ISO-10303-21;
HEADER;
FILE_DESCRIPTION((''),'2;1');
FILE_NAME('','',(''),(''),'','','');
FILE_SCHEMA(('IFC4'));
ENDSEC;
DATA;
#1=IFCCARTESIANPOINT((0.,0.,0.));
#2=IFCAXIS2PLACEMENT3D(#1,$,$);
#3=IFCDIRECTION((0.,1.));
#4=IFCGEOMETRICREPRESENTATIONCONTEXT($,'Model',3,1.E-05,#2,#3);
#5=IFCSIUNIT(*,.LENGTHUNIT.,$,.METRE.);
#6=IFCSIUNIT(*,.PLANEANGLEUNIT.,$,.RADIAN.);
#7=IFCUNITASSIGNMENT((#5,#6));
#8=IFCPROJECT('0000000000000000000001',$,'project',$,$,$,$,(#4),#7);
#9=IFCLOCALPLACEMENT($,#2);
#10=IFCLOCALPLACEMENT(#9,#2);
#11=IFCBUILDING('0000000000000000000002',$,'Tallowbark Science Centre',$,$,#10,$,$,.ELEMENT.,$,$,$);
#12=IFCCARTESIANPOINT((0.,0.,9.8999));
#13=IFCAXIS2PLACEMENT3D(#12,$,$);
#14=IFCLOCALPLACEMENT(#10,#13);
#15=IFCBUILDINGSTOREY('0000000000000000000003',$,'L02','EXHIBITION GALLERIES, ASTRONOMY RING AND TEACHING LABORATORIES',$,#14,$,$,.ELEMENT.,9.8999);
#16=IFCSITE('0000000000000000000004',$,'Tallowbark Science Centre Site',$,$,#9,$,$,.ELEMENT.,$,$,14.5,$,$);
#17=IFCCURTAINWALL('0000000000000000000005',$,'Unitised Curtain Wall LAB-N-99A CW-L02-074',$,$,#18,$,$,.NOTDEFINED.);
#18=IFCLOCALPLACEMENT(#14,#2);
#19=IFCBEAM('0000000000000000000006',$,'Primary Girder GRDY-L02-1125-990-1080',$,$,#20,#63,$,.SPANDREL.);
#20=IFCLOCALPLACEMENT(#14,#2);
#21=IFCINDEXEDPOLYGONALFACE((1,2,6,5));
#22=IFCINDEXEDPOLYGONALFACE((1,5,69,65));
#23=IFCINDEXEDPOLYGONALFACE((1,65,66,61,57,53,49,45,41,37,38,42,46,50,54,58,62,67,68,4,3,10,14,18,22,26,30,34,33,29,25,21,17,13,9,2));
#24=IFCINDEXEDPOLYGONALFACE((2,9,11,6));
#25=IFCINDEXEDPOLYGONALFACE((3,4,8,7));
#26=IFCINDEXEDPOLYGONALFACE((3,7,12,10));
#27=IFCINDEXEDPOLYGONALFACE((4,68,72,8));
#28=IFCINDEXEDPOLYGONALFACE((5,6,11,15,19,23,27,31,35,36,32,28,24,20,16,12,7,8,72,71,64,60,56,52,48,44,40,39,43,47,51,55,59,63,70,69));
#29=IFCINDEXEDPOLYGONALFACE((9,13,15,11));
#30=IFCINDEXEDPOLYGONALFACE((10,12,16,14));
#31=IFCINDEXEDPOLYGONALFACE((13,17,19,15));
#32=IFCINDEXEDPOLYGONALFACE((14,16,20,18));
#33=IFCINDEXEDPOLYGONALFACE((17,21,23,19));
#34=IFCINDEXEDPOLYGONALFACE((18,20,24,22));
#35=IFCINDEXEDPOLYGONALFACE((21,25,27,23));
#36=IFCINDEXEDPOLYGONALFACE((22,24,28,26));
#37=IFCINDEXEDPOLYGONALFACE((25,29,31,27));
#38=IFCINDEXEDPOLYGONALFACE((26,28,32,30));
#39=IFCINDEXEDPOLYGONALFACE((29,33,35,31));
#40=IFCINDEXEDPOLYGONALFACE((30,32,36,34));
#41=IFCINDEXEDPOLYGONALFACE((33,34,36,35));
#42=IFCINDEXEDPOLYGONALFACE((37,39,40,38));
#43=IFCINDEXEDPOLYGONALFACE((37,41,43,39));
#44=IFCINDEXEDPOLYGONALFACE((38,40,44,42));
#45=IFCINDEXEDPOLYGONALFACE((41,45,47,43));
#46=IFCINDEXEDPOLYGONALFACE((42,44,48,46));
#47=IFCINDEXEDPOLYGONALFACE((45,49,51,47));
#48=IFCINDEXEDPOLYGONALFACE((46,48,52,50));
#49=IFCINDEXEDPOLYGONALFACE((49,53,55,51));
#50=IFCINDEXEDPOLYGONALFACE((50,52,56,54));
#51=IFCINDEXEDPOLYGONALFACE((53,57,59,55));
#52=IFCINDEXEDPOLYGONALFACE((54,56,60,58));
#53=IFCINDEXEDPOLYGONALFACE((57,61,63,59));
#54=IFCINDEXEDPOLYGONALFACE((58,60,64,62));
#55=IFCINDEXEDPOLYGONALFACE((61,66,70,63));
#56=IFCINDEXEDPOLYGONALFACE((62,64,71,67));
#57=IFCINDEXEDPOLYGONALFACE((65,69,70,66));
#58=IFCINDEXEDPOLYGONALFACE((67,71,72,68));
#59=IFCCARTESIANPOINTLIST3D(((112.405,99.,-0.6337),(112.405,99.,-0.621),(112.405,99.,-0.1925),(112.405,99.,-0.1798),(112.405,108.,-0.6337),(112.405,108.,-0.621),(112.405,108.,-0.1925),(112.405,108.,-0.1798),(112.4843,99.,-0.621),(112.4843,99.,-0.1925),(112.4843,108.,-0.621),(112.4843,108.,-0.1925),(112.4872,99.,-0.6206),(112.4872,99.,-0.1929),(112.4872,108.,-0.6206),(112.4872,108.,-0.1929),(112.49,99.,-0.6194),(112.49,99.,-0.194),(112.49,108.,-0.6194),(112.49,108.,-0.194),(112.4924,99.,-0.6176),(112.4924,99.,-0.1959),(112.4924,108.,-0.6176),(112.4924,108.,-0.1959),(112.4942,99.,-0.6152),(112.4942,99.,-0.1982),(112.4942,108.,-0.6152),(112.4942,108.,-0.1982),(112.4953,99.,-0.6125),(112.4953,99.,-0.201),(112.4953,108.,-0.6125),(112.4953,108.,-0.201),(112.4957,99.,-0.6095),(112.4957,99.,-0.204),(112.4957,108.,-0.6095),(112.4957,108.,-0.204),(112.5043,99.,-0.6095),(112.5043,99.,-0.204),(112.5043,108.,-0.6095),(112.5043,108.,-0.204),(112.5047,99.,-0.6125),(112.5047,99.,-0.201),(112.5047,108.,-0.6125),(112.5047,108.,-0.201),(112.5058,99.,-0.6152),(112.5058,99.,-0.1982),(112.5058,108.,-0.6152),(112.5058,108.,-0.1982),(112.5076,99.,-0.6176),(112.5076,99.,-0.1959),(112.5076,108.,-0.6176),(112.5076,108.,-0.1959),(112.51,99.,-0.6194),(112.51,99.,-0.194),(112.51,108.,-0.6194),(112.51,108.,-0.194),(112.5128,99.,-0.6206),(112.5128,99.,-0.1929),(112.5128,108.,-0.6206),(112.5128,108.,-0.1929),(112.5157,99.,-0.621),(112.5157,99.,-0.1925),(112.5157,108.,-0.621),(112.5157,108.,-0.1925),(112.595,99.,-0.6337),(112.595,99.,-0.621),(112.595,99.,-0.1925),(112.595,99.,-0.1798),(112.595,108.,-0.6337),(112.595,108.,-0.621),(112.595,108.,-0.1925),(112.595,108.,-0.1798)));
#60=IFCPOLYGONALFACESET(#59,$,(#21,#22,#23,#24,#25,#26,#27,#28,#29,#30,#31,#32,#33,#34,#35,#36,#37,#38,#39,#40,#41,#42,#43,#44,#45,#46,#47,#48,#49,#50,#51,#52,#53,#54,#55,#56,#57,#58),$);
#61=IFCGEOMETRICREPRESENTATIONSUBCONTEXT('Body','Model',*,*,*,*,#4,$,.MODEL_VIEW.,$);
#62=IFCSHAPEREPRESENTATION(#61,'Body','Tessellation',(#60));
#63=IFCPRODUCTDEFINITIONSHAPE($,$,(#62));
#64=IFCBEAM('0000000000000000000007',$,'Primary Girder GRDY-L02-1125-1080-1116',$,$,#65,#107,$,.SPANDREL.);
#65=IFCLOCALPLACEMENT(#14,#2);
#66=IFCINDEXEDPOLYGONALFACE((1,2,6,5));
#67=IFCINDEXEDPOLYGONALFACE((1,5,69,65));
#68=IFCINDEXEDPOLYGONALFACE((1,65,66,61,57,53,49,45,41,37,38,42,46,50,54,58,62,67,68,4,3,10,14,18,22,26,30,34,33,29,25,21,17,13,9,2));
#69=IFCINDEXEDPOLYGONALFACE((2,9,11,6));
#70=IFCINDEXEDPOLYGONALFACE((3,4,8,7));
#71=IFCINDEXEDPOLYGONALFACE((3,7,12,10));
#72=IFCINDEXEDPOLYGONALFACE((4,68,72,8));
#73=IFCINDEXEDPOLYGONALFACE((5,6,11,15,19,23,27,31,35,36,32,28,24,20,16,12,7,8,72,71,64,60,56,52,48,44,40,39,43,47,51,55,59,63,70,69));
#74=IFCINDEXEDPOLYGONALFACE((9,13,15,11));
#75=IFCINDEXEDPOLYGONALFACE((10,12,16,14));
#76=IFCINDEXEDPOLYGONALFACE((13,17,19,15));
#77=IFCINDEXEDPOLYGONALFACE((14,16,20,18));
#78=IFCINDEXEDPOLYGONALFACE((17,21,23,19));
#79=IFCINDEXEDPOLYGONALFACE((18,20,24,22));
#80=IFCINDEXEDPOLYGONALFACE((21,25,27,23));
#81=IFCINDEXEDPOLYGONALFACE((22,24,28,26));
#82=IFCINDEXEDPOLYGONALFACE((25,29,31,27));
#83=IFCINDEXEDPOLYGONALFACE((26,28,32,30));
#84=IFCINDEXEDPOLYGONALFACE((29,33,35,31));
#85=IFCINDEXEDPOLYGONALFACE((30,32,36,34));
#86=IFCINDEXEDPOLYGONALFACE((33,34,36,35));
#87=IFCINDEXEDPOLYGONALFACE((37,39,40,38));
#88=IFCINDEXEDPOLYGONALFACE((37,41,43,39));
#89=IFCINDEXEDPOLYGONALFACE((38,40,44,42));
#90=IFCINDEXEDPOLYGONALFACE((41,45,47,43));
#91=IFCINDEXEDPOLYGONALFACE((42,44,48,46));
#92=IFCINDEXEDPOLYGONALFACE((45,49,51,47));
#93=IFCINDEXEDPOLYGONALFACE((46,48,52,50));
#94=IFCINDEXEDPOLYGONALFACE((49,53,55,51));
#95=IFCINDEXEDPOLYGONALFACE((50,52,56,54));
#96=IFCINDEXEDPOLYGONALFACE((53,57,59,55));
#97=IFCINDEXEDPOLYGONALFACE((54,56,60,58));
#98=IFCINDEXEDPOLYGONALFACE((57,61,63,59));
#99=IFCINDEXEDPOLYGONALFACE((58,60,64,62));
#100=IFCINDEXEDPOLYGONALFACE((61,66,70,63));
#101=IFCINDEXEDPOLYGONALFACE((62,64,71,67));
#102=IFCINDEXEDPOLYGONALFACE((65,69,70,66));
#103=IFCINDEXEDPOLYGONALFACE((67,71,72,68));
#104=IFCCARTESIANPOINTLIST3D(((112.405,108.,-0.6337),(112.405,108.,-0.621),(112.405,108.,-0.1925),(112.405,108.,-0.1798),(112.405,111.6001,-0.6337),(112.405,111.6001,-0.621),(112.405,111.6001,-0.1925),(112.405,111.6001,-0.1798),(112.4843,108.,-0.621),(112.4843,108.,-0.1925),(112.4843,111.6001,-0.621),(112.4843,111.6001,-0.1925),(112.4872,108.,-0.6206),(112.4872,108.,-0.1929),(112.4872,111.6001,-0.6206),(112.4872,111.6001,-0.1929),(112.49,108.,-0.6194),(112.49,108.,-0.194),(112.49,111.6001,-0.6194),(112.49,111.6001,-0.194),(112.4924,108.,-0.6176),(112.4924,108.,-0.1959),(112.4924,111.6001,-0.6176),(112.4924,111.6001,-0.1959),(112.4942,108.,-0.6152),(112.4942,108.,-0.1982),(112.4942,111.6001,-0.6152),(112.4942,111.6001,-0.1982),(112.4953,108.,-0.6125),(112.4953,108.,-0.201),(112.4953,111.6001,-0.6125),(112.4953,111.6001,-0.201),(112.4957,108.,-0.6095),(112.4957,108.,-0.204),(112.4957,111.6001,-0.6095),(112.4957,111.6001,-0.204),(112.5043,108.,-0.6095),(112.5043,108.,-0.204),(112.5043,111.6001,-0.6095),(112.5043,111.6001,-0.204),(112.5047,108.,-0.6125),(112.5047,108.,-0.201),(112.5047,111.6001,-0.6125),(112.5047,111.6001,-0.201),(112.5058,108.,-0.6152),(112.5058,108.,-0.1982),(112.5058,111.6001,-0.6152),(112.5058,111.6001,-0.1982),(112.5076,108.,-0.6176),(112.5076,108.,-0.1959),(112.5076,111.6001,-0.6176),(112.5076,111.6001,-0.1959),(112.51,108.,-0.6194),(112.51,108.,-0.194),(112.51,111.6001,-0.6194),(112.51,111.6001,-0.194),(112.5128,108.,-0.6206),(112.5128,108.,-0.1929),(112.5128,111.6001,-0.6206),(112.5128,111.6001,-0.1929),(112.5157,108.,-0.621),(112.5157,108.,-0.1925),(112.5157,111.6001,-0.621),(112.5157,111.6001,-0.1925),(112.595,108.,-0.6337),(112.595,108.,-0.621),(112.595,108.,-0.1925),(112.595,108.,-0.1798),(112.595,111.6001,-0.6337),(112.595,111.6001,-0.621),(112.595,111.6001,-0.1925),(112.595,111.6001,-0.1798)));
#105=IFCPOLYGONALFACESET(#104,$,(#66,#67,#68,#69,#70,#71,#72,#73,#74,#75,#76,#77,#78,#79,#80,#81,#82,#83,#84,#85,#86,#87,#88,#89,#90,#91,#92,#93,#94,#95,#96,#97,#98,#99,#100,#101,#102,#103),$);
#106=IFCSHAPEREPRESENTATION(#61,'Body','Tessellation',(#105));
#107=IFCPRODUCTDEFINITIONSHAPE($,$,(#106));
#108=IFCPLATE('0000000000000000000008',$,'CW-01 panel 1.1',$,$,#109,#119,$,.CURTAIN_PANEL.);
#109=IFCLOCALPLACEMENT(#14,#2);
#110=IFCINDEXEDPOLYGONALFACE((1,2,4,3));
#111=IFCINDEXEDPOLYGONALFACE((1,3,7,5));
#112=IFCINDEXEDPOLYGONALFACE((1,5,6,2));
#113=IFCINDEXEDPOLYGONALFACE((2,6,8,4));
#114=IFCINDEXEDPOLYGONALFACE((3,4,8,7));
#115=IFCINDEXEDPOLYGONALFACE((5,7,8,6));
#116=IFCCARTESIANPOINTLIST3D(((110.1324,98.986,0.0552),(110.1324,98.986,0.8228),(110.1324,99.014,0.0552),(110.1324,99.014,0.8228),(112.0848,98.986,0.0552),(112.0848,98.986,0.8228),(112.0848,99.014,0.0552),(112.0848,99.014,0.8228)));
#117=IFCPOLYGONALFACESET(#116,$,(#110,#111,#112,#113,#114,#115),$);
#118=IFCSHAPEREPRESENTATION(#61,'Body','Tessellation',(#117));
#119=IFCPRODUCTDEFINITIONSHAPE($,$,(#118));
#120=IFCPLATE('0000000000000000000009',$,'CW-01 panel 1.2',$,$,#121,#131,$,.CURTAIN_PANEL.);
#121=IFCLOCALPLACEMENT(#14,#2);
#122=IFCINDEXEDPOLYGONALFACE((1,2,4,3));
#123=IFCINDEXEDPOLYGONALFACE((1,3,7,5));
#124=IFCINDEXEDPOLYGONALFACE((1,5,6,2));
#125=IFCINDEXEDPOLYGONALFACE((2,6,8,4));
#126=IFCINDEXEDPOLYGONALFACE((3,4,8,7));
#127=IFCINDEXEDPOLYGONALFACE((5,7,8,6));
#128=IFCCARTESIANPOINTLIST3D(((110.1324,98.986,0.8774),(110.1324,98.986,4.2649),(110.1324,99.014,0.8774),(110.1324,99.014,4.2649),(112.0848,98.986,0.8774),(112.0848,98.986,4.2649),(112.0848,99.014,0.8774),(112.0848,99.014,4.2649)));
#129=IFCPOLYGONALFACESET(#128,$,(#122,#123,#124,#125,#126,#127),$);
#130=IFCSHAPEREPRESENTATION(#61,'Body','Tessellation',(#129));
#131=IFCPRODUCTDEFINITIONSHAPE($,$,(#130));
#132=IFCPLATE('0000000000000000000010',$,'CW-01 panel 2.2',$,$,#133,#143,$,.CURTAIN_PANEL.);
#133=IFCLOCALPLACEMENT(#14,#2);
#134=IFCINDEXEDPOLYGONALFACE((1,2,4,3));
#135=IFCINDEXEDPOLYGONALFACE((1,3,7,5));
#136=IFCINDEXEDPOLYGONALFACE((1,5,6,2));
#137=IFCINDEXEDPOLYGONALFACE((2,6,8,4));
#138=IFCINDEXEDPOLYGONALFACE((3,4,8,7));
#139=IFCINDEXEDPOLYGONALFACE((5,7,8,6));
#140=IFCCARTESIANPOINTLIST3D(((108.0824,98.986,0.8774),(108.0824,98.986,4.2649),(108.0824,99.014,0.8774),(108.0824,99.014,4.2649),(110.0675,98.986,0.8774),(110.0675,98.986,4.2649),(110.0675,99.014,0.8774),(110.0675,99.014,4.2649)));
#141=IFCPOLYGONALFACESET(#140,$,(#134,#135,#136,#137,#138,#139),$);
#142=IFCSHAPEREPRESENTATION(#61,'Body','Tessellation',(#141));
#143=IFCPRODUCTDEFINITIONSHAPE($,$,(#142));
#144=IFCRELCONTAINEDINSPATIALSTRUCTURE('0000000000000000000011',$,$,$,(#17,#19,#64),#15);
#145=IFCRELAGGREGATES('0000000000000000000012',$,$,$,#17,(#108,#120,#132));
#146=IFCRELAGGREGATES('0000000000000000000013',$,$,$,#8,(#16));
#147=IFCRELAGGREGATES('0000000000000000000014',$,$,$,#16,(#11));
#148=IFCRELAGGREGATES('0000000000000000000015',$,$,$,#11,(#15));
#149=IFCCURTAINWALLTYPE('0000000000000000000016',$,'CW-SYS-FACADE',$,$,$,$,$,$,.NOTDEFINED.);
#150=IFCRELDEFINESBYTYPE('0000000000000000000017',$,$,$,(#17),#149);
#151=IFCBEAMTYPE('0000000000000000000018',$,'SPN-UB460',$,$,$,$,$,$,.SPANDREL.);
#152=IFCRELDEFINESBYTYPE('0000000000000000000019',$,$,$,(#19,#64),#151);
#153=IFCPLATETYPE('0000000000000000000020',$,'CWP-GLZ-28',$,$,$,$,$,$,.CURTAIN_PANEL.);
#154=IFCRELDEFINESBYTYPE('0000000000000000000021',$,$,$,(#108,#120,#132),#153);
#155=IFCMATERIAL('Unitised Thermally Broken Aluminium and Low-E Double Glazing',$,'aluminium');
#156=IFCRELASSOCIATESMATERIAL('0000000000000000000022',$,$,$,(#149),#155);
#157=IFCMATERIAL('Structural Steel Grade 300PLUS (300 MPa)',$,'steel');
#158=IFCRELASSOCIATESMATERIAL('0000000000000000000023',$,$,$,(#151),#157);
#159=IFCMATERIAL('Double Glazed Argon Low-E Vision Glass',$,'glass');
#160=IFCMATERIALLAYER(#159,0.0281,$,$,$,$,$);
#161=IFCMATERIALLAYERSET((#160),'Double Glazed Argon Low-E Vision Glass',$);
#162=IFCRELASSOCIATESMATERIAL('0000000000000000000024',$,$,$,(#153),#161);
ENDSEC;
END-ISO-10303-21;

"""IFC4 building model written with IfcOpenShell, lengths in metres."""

from ifc_helpers import new_model, si_unit, direction, frame, origin, origin_2d, place, context, subcontext, project, spatial, rectangle, i_section, extrude, material, layer, layer_set, material_profile, profile_set, type_object, element, aggregate, save


model = new_model("IFC4")

# Units and contexts
model_context = context("Model", 3, precision=1e-05, world=origin(), true_north=direction((0.0, 1.0)))
body_context = subcontext(model_context, "Body", "Model", "MODEL_VIEW")
ifc_project = project(units=[si_unit("LENGTHUNIT", "METRE"), si_unit("PLANEANGLEUNIT", "RADIAN")], contexts=[model_context])

# Site, building, storey
site_placement = place(None, origin())
site = spatial("IfcSite", under=ifc_project, at=site_placement, Name="Tallowbark Science Centre Site", CompositionType="ELEMENT", RefElevation=14.5)
building_placement = place(site_placement, origin())
building = spatial("IfcBuilding", under=site, at=building_placement, Name="Tallowbark Science Centre", CompositionType="ELEMENT")
storey_placement = place(building_placement, frame((0.0, 0.0, 9.8999)))
storey = spatial("IfcBuildingStorey", under=building, at=storey_placement, Name="L02", Description="EXHIBITION GALLERIES, ASTRONOMY RING AND TEACHING LABORATORIES", CompositionType="ELEMENT", Elevation=9.8999)

# Shared definitions
ifc_material_1 = material(Name="Structural Steel Grade 300PLUS (300 MPa)", Category="steel")

# Curtain wall
ifc_material_2 = material(Name="Unitised Thermally Broken Aluminium and Low-E Double Glazing", Category="aluminium")
curtain_wall_type = type_object("IfcCurtainWallType", Name="CW-SYS-FACADE", PredefinedType="NOTDEFINED", material=ifc_material_2)
curtain_wall_placement = place(storey_placement, origin())
curtain_wall = element("IfcCurtainWall", 1, at=curtain_wall_placement, inside=storey, type_object=curtain_wall_type, Name="Unitised Curtain Wall LAB-N-99A CW-L02-074", PredefinedType="NOTDEFINED")

# Beams
ifc_material_profile_1 = material_profile(ifc_material_1, i_section(OverallWidth=0.1899, OverallDepth=0.4539, WebThickness=0.0085, FlangeThickness=0.0127, FilletRadius=0.0115, at=origin_2d()), Name="460UB67.1")
ifc_profile_set_1 = profile_set([ifc_material_profile_1], Name="Structural Steel Grade 300PLUS (300 MPa)")
beam_type = type_object("IfcBeamType", Name="SPN-UB460", PredefinedType="SPANDREL", material=ifc_profile_set_1)
for number, where, z_axis, x_axis, name in (
    (2, (112.5, 99.0, -0.4067), (0.0, 1.0, 0.0), (-1.0, 0.0, 0.0), "Primary Girder GRDY-L02-1125-990-1080"),
):
    element("IfcBeam", number, at=place(storey_placement, frame(where, z_axis=z_axis, x_axis=x_axis)), inside=storey, type_object=beam_type, Name=name, PredefinedType="SPANDREL", context=body_context, shape_type="SweptSolid", body=[
        extrude(i_section(OverallWidth=0.1899, OverallDepth=0.4539, WebThickness=0.0085, FlangeThickness=0.0127, FilletRadius=0.0115, at=origin_2d()), origin(), (0.0, 0.0, 1.0), 9.0),
    ])
beam_placement = place(storey_placement, frame((112.5, 108.0, -0.4067), z_axis=(0.0, 1.0, 0.0), x_axis=(-1.0, 0.0, 0.0)))
element("IfcBeam", 3, at=beam_placement, inside=storey, type_object=beam_type, Name="Primary Girder GRDY-L02-1125-1080-1116", PredefinedType="SPANDREL", context=body_context, shape_type="SweptSolid", body=[
    extrude(i_section(OverallWidth=0.1899, OverallDepth=0.4539, WebThickness=0.0085, FlangeThickness=0.0127, FilletRadius=0.0115, at=origin_2d()), origin(), (0.0, 0.0, 1.0), 3.6001),
])

# Plates
ifc_material_3 = material(Name="Double Glazed Argon Low-E Vision Glass", Category="glass")
ifc_layer_1 = layer(ifc_material_3, 0.0281)
ifc_layer_set_1 = layer_set([ifc_layer_1], Name="Double Glazed Argon Low-E Vision Glass")
plate_type = type_object("IfcPlateType", Name="CWP-GLZ-28", PredefinedType="CURTAIN_PANEL", material=ifc_layer_set_1)
plate_1_placement = place(storey_placement, frame((111.1086, 99.0, 0.0552), z_axis=(0.0, 0.0, 1.0), x_axis=(-1.0, 0.0, 0.0)))
plate_1 = element("IfcPlate", 4, at=plate_1_placement, type_object=plate_type, Name="CW-01 panel 1.1", PredefinedType="CURTAIN_PANEL", context=body_context, shape_type="SweptSolid", body=[
    extrude(rectangle(XDim=1.9524, YDim=0.0281, at=origin_2d()), origin(), (0.0, 0.0, 1.0), 0.7676),
])
plate_2_placement = place(storey_placement, frame((111.1086, 99.0, 0.8774), z_axis=(0.0, 0.0, 1.0), x_axis=(-1.0, 0.0, 0.0)))
plate_2 = element("IfcPlate", 5, at=plate_2_placement, type_object=plate_type, Name="CW-01 panel 1.2", PredefinedType="CURTAIN_PANEL", context=body_context, shape_type="SweptSolid", body=[
    extrude(rectangle(XDim=1.9524, YDim=0.0281, at=origin_2d()), origin(), (0.0, 0.0, 1.0), 3.3875),
])
plate_3_placement = place(storey_placement, frame((109.075, 99.0, 0.8774), z_axis=(0.0, 0.0, 1.0), x_axis=(-1.0, 0.0, 0.0)))
plate_3 = element("IfcPlate", 6, at=plate_3_placement, type_object=plate_type, Name="CW-01 panel 2.2", PredefinedType="CURTAIN_PANEL", context=body_context, shape_type="SweptSolid", body=[
    extrude(rectangle(XDim=1.9851, YDim=0.0281, at=origin_2d()), origin(), (0.0, 0.0, 1.0), 3.3875),
])
aggregate(curtain_wall, [plate_1, plate_2, plate_3])

save(model, "model.ifc")
